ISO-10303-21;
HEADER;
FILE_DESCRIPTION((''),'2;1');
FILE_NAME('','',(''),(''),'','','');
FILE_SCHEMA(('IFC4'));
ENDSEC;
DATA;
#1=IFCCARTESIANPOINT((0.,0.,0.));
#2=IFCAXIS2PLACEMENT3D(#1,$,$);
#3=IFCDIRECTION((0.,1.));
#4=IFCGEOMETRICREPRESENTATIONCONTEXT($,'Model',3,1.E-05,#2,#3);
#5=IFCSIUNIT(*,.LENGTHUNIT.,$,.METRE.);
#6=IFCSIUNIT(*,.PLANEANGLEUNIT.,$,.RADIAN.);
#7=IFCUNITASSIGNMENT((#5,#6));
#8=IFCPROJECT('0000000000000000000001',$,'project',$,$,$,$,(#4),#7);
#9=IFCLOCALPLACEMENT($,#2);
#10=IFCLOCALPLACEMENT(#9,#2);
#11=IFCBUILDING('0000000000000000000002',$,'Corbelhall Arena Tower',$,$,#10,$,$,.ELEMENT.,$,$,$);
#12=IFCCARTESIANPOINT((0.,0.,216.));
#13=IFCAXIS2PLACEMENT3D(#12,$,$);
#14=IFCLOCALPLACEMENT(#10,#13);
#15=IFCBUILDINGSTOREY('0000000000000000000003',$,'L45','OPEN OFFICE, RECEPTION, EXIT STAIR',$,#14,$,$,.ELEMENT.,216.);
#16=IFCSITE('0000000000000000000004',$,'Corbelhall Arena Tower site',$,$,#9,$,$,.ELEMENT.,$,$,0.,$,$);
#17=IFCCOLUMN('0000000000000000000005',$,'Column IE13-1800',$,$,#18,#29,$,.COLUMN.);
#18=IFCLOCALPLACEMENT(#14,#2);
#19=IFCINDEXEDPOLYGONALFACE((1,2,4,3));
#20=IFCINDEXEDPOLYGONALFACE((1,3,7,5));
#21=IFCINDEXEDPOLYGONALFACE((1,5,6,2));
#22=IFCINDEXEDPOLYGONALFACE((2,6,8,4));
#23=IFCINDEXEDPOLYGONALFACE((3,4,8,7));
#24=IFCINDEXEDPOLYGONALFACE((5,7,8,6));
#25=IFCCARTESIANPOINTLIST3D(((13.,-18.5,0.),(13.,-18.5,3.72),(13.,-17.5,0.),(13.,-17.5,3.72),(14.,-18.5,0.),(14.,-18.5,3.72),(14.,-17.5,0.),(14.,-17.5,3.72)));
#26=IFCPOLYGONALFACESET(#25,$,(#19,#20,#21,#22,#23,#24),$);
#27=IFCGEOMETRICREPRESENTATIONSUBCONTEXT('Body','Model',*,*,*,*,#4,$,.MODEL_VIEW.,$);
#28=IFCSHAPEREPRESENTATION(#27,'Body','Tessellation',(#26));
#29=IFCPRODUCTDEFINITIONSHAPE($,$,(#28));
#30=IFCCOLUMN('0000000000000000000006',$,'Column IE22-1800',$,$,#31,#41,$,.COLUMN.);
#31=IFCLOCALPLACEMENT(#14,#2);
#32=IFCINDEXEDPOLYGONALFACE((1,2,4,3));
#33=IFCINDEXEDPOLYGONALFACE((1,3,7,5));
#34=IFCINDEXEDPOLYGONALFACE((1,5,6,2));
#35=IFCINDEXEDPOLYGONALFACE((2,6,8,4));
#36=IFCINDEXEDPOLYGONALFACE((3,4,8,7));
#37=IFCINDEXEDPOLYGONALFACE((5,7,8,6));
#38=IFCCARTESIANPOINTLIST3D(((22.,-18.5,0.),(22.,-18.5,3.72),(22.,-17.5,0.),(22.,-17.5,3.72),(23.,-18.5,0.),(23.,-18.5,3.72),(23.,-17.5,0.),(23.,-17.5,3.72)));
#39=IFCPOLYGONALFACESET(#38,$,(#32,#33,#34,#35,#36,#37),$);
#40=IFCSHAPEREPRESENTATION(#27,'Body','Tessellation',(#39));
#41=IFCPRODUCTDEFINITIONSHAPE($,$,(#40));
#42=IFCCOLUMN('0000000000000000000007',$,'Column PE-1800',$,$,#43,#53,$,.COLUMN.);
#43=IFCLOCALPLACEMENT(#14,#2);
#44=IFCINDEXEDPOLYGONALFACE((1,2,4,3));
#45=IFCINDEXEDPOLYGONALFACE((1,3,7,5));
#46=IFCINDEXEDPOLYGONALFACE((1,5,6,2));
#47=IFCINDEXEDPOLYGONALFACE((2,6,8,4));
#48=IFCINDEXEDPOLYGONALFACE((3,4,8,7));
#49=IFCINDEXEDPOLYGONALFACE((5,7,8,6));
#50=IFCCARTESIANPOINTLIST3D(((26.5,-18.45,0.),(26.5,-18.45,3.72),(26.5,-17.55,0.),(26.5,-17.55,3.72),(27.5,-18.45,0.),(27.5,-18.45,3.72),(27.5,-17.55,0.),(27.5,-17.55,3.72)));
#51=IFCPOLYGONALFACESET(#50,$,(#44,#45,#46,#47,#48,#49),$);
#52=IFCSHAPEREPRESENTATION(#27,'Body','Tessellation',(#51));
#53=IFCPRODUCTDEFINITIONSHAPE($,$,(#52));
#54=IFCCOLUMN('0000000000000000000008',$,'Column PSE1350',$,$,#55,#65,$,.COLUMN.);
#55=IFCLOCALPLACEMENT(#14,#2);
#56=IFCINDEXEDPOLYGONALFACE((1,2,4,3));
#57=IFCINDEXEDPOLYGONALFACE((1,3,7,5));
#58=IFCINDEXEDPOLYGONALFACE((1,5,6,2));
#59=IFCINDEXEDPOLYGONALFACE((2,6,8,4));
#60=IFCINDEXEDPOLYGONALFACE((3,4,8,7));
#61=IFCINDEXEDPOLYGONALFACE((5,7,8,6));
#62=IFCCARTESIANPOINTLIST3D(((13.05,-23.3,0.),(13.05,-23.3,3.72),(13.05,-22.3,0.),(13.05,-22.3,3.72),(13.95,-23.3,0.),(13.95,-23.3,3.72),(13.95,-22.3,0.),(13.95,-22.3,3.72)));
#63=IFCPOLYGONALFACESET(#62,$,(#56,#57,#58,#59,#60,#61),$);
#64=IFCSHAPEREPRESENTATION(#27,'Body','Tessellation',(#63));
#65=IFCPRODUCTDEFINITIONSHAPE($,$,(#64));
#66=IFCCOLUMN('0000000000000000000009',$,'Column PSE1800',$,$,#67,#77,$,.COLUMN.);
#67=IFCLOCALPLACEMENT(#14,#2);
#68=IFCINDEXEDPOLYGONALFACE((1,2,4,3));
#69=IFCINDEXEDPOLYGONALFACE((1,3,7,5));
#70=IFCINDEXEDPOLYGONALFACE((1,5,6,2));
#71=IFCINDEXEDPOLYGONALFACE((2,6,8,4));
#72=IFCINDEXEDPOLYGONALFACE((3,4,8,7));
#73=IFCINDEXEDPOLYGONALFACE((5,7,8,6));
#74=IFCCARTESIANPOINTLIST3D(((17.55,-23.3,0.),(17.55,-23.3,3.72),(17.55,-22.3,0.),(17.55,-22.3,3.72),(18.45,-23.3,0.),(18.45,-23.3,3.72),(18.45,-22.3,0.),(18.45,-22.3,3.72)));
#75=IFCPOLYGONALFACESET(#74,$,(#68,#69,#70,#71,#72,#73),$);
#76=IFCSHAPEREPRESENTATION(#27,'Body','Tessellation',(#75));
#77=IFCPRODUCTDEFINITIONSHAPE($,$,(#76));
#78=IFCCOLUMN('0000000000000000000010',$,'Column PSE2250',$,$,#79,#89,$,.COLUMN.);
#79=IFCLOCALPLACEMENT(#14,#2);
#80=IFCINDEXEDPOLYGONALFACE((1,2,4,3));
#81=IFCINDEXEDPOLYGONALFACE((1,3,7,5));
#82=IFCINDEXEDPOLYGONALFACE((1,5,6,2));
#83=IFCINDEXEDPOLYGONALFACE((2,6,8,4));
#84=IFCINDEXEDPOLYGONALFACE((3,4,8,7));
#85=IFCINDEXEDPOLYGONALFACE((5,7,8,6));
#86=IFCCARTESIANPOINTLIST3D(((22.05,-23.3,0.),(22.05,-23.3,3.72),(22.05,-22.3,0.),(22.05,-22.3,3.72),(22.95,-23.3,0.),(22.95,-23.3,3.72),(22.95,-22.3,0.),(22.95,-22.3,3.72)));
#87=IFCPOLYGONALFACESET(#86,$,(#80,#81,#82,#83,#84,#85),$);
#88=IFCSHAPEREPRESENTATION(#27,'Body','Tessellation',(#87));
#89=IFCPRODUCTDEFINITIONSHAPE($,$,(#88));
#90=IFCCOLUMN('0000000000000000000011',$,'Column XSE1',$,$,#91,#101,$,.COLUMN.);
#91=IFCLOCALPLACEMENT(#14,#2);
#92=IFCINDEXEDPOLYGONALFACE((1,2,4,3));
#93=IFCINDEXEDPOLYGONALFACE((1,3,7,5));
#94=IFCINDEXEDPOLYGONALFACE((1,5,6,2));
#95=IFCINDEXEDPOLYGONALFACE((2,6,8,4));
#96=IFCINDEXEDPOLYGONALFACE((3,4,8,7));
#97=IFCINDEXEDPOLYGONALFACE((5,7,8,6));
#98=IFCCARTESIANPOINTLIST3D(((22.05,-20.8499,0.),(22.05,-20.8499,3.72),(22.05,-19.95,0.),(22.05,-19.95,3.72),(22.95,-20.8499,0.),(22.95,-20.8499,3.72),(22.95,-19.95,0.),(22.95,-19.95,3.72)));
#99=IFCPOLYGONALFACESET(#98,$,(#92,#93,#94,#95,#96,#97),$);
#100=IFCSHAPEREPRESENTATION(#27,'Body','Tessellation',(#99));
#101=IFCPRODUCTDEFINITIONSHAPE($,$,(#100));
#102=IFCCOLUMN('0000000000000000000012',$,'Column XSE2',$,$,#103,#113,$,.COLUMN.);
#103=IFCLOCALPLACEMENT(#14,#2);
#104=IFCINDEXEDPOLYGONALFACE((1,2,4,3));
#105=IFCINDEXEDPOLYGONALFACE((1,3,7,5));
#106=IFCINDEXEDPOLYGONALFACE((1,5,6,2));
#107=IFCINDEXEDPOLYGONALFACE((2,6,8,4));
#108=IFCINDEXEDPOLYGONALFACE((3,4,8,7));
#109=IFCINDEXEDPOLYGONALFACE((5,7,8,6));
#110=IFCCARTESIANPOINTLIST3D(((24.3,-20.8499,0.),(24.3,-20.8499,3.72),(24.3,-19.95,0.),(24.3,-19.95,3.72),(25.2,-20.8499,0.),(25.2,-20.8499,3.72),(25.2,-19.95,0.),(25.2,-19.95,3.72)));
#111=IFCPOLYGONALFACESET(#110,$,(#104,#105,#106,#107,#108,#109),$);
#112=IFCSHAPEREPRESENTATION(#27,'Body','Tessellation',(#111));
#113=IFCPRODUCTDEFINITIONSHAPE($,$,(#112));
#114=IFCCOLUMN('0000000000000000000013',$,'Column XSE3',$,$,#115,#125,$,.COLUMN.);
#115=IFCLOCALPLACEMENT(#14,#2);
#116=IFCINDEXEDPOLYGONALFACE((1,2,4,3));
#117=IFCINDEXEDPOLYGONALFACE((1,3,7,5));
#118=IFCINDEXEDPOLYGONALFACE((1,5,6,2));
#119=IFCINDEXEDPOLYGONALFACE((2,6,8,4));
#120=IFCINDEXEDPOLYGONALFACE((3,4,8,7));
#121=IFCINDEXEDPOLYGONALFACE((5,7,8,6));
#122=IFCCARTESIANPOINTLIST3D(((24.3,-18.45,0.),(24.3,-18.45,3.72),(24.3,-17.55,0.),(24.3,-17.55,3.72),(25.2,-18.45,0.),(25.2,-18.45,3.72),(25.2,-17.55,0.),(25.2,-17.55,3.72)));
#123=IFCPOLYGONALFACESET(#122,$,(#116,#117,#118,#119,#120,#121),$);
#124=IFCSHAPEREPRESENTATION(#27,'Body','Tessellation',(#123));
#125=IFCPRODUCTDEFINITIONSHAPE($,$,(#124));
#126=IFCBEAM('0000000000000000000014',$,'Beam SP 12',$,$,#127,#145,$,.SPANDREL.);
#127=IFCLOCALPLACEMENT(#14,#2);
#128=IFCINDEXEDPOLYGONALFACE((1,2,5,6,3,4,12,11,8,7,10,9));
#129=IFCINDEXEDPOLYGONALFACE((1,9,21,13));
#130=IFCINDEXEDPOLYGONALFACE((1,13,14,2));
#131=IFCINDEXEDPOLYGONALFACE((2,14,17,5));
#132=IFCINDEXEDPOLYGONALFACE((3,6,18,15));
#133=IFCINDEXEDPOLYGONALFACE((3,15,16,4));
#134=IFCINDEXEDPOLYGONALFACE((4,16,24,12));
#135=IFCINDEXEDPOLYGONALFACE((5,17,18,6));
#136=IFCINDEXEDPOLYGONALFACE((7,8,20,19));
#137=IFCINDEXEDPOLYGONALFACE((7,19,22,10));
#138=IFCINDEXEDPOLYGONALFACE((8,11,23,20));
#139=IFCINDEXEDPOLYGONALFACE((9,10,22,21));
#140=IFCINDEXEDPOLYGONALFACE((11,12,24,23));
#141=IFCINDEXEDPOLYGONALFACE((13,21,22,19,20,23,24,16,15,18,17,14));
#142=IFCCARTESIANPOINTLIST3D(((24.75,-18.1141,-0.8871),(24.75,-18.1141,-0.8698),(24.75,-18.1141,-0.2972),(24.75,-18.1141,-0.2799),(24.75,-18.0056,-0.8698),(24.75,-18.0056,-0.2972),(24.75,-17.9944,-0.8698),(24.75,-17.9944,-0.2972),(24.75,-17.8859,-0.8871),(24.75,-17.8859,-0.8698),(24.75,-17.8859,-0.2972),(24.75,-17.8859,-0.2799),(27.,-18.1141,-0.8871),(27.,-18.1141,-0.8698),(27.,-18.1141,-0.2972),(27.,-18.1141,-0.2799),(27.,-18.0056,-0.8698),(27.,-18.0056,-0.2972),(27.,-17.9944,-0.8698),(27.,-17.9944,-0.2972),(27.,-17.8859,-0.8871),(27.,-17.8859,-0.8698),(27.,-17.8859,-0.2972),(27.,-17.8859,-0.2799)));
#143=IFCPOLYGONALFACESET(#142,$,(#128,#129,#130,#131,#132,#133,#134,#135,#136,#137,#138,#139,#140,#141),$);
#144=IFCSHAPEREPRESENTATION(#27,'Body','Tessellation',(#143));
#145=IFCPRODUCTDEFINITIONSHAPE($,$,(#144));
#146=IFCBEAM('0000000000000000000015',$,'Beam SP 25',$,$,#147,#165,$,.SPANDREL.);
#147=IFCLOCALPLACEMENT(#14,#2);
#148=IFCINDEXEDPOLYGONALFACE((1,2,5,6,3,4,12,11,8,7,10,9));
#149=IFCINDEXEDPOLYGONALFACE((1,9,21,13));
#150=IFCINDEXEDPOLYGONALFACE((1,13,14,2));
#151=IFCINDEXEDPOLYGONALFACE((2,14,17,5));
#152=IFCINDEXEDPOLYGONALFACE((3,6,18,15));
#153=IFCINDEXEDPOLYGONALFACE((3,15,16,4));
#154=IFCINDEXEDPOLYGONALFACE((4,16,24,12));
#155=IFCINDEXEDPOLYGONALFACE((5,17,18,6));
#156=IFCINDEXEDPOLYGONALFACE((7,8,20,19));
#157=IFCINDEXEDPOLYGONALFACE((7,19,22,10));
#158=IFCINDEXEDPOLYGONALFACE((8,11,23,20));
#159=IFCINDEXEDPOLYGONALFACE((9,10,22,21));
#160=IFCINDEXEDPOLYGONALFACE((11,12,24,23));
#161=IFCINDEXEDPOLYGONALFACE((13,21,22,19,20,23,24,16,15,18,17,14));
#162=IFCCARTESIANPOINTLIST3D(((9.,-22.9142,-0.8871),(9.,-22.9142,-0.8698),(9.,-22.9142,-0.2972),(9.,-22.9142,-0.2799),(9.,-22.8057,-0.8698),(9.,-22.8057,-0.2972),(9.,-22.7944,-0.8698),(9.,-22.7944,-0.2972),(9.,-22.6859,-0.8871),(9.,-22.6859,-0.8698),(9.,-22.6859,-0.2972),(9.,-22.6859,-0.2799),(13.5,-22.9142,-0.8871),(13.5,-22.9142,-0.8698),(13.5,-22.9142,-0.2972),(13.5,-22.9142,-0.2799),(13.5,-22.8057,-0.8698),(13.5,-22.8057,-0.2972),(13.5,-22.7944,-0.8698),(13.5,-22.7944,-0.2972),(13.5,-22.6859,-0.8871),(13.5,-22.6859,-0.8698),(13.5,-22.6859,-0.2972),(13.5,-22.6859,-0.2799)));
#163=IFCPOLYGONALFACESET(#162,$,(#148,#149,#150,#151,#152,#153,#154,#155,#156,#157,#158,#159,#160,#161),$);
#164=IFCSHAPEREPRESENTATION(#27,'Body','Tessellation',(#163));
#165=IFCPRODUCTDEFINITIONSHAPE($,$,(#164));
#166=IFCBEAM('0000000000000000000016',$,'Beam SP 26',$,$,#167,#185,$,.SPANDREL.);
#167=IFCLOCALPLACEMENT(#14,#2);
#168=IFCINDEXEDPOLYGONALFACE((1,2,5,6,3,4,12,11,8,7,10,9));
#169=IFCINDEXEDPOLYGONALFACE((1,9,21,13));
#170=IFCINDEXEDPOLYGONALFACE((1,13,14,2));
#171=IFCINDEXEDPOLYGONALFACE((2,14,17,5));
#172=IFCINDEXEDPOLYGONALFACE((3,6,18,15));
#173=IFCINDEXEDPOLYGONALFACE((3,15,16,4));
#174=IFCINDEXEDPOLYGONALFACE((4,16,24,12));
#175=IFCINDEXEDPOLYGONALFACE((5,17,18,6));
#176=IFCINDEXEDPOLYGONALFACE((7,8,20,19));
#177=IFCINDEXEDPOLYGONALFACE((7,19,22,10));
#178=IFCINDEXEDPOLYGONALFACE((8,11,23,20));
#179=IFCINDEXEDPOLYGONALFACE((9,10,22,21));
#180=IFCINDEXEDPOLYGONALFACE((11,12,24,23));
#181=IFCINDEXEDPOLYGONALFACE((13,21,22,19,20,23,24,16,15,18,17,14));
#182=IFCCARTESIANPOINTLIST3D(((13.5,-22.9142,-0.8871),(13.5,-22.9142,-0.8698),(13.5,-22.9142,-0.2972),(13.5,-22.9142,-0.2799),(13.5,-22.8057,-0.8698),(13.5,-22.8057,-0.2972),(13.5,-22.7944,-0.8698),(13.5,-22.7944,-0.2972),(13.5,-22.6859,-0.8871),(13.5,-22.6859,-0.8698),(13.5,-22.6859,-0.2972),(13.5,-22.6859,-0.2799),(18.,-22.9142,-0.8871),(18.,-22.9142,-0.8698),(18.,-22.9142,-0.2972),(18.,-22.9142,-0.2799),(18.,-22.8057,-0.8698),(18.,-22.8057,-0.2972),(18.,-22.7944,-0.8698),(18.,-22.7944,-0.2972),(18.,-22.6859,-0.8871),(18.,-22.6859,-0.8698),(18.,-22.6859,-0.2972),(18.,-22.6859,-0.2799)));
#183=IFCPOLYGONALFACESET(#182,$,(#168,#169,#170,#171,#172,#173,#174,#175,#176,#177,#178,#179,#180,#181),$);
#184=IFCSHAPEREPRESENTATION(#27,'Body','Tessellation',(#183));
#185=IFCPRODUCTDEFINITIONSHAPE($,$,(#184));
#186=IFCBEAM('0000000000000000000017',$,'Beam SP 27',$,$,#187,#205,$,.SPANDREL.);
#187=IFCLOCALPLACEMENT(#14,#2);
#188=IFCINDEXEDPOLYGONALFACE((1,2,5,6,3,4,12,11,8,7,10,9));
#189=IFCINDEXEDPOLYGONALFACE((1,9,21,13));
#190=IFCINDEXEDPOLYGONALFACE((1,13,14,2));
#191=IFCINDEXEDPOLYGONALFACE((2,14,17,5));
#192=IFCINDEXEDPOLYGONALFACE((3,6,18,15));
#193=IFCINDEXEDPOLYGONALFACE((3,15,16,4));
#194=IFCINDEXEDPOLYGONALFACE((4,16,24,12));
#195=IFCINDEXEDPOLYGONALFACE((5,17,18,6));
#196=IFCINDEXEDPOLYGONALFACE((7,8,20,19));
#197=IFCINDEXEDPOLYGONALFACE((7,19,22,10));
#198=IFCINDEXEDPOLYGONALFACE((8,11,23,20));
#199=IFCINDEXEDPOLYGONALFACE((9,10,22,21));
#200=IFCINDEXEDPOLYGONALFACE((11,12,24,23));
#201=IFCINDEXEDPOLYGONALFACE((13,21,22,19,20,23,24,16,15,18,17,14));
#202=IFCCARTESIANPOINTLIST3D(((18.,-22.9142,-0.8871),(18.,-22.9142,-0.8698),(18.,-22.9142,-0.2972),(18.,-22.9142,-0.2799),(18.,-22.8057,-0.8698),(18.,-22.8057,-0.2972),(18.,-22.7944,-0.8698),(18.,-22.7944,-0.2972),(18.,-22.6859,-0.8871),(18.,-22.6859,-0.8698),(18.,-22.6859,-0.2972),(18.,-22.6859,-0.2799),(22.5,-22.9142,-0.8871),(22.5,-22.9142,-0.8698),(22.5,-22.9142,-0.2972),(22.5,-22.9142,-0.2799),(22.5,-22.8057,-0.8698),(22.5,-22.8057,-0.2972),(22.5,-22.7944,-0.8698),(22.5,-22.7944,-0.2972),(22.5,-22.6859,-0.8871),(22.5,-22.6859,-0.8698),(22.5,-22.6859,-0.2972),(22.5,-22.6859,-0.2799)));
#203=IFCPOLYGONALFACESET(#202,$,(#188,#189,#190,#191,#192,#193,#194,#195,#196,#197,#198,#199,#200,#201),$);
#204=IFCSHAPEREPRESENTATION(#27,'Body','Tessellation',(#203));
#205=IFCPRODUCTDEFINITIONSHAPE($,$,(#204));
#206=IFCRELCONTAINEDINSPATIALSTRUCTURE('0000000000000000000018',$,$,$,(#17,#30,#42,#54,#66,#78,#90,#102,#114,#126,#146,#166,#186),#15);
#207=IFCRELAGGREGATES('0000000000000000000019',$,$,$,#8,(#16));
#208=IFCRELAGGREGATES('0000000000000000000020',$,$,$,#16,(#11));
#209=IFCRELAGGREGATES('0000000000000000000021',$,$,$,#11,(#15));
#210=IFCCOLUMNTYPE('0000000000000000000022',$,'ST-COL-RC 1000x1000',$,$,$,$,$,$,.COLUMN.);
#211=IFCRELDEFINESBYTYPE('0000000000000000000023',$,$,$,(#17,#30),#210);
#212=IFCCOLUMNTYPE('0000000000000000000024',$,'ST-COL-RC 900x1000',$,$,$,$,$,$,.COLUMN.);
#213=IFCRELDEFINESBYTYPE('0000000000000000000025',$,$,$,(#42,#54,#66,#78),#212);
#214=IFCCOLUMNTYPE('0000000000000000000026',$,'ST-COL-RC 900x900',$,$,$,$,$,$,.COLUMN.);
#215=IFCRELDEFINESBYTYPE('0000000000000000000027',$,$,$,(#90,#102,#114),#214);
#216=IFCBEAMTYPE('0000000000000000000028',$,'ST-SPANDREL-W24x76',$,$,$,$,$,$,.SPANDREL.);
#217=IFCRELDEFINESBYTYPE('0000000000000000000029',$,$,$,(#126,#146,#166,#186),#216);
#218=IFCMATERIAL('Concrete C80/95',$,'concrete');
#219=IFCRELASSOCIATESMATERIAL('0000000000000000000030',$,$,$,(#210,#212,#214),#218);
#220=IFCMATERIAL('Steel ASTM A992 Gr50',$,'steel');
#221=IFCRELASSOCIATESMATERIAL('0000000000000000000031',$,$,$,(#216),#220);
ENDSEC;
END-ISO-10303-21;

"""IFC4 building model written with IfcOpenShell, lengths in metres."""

from ifc_helpers import new_model, si_unit, direction, frame, origin, origin_2d, place, context, subcontext, project, spatial, rectangle, i_section, extrude, material, material_profile, profile_set, type_object, element, save


model = new_model("IFC4")

# Units and contexts
model_context = context("Model", 3, precision=1e-05, world=origin(), true_north=direction((0.0, 1.0)))
body_context = subcontext(model_context, "Body", "Model", "MODEL_VIEW")
ifc_project = project(units=[si_unit("LENGTHUNIT", "METRE"), si_unit("PLANEANGLEUNIT", "RADIAN")], contexts=[model_context])

# Site, building, storey
site_placement = place(None, origin())
site = spatial("IfcSite", under=ifc_project, at=site_placement, Name="Corbelhall Arena Tower site", CompositionType="ELEMENT", RefElevation=0.0)
building_placement = place(site_placement, origin())
building = spatial("IfcBuilding", under=site, at=building_placement, Name="Corbelhall Arena Tower", CompositionType="ELEMENT")
storey_placement = place(building_placement, frame((0.0, 0.0, 216.0)))
storey = spatial("IfcBuildingStorey", under=building, at=storey_placement, Name="L45", Description="OPEN OFFICE, RECEPTION, EXIT STAIR", CompositionType="ELEMENT", Elevation=216.0)

# Columns
ifc_material_1 = material(Name="Concrete C80/95", Category="concrete")
ifc_material_profile_1 = material_profile(ifc_material_1, rectangle(XDim=1.0, YDim=1.0, at=origin_2d()))
ifc_profile_set_1 = profile_set([ifc_material_profile_1], Name="Concrete C80/95")
column_type_1 = type_object("IfcColumnType", Name="ST-COL-RC 1000x1000", PredefinedType="COLUMN", material=ifc_profile_set_1)
for number, where, z_axis, x_axis, name in (
    (1, (13.5, -18.0, 0.0), (0.0, 0.0, 1.0), (1.0, 0.0, 0.0), "Column IE13-1800"),
    (2, (22.5, -18.0, 0.0), (0.0, 0.0, 1.0), (1.0, 0.0, 0.0), "Column IE22-1800"),
):
    element("IfcColumn", number, at=place(storey_placement, frame(where, z_axis=z_axis, x_axis=x_axis)), inside=storey, type_object=column_type_1, Name=name, PredefinedType="COLUMN", context=body_context, shape_type="SweptSolid", body=[
        extrude(rectangle(XDim=1.0, YDim=1.0, at=origin_2d()), origin(), (0.0, 0.0, 1.0), 3.72),
    ])
ifc_material_profile_2 = material_profile(ifc_material_1, rectangle(XDim=0.8999, YDim=1.0, at=origin_2d()))
ifc_profile_set_2 = profile_set([ifc_material_profile_2], Name="Concrete C80/95")
column_type_2 = type_object("IfcColumnType", Name="ST-COL-RC 900x1000", PredefinedType="COLUMN", material=ifc_profile_set_2)
for number, where, z_axis, x_axis, name in (
    (3, (27.0, -18.0, 0.0), (0.0, 0.0, 1.0), (0.0, 1.0, 0.0), "Column PE-1800"),
    (4, (13.5, -22.8, 0.0), (0.0, 0.0, 1.0), (1.0, 0.0, 0.0), "Column PSE1350"),
    (5, (18.0, -22.8, 0.0), (0.0, 0.0, 1.0), (1.0, 0.0, 0.0), "Column PSE1800"),
    (6, (22.5, -22.8, 0.0), (0.0, 0.0, 1.0), (1.0, 0.0, 0.0), "Column PSE2250"),
):
    element("IfcColumn", number, at=place(storey_placement, frame(where, z_axis=z_axis, x_axis=x_axis)), inside=storey, type_object=column_type_2, Name=name, PredefinedType="COLUMN", context=body_context, shape_type="SweptSolid", body=[
        extrude(rectangle(XDim=0.8999, YDim=1.0, at=origin_2d()), origin(), (0.0, 0.0, 1.0), 3.72),
    ])
ifc_material_profile_3 = material_profile(ifc_material_1, rectangle(XDim=0.8999, YDim=0.8999, at=origin_2d()))
ifc_profile_set_3 = profile_set([ifc_material_profile_3], Name="Concrete C80/95")
column_type_3 = type_object("IfcColumnType", Name="ST-COL-RC 900x900", PredefinedType="COLUMN", material=ifc_profile_set_3)
for number, where, z_axis, x_axis, name in (
    (7, (22.5, -20.3999, 0.0), (0.0, 0.0, 1.0), (1.0, 0.0, 0.0), "Column XSE1"),
    (8, (24.75, -20.3999, 0.0), (0.0, 0.0, 1.0), (1.0, 0.0, 0.0), "Column XSE2"),
    (9, (24.75, -18.0, 0.0), (0.0, 0.0, 1.0), (1.0, 0.0, 0.0), "Column XSE3"),
):
    element("IfcColumn", number, at=place(storey_placement, frame(where, z_axis=z_axis, x_axis=x_axis)), inside=storey, type_object=column_type_3, Name=name, PredefinedType="COLUMN", context=body_context, shape_type="SweptSolid", body=[
        extrude(rectangle(XDim=0.8999, YDim=0.8999, at=origin_2d()), origin(), (0.0, 0.0, 1.0), 3.72),
    ])

# Beams
ifc_material_2 = material(Name="Steel ASTM A992 Gr50", Category="steel")
ifc_material_profile_4 = material_profile(ifc_material_2, i_section(OverallWidth=0.2283, OverallDepth=0.6072, WebThickness=0.0112, FlangeThickness=0.0173, at=origin_2d()))
ifc_profile_set_4 = profile_set([ifc_material_profile_4], Name="Steel ASTM A992 Gr50")
beam_type = type_object("IfcBeamType", Name="ST-SPANDREL-W24x76", PredefinedType="SPANDREL", material=ifc_profile_set_4)
beam_1_placement = place(storey_placement, frame((27.0, -18.0, -0.5835), z_axis=(-1.0, 0.0, 0.0), x_axis=(0.0, -1.0, 0.0)))
element("IfcBeam", 10, at=beam_1_placement, inside=storey, type_object=beam_type, Name="Beam SP 12", PredefinedType="SPANDREL", context=body_context, shape_type="SweptSolid", body=[
    extrude(i_section(OverallWidth=0.2283, OverallDepth=0.6072, WebThickness=0.0112, FlangeThickness=0.0173, at=origin_2d()), origin(), (0.0, 0.0, 1.0), 2.25),
])
for number, where, z_axis, x_axis, name in (
    (11, (13.5, -22.8, -0.5835), (-1.0, 0.0, 0.0), (0.0, -1.0, 0.0), "Beam SP 25"),
    (12, (18.0, -22.8, -0.5835), (-1.0, 0.0, 0.0), (0.0, -1.0, 0.0), "Beam SP 26"),
    (13, (22.5, -22.8, -0.5835), (-1.0, 0.0, 0.0), (0.0, -1.0, 0.0), "Beam SP 27"),
):
    element("IfcBeam", number, at=place(storey_placement, frame(where, z_axis=z_axis, x_axis=x_axis)), inside=storey, type_object=beam_type, Name=name, PredefinedType="SPANDREL", context=body_context, shape_type="SweptSolid", body=[
        extrude(i_section(OverallWidth=0.2283, OverallDepth=0.6072, WebThickness=0.0112, FlangeThickness=0.0173, at=origin_2d()), origin(), (0.0, 0.0, 1.0), 4.5),
    ])

save(model, "model.ifc")
